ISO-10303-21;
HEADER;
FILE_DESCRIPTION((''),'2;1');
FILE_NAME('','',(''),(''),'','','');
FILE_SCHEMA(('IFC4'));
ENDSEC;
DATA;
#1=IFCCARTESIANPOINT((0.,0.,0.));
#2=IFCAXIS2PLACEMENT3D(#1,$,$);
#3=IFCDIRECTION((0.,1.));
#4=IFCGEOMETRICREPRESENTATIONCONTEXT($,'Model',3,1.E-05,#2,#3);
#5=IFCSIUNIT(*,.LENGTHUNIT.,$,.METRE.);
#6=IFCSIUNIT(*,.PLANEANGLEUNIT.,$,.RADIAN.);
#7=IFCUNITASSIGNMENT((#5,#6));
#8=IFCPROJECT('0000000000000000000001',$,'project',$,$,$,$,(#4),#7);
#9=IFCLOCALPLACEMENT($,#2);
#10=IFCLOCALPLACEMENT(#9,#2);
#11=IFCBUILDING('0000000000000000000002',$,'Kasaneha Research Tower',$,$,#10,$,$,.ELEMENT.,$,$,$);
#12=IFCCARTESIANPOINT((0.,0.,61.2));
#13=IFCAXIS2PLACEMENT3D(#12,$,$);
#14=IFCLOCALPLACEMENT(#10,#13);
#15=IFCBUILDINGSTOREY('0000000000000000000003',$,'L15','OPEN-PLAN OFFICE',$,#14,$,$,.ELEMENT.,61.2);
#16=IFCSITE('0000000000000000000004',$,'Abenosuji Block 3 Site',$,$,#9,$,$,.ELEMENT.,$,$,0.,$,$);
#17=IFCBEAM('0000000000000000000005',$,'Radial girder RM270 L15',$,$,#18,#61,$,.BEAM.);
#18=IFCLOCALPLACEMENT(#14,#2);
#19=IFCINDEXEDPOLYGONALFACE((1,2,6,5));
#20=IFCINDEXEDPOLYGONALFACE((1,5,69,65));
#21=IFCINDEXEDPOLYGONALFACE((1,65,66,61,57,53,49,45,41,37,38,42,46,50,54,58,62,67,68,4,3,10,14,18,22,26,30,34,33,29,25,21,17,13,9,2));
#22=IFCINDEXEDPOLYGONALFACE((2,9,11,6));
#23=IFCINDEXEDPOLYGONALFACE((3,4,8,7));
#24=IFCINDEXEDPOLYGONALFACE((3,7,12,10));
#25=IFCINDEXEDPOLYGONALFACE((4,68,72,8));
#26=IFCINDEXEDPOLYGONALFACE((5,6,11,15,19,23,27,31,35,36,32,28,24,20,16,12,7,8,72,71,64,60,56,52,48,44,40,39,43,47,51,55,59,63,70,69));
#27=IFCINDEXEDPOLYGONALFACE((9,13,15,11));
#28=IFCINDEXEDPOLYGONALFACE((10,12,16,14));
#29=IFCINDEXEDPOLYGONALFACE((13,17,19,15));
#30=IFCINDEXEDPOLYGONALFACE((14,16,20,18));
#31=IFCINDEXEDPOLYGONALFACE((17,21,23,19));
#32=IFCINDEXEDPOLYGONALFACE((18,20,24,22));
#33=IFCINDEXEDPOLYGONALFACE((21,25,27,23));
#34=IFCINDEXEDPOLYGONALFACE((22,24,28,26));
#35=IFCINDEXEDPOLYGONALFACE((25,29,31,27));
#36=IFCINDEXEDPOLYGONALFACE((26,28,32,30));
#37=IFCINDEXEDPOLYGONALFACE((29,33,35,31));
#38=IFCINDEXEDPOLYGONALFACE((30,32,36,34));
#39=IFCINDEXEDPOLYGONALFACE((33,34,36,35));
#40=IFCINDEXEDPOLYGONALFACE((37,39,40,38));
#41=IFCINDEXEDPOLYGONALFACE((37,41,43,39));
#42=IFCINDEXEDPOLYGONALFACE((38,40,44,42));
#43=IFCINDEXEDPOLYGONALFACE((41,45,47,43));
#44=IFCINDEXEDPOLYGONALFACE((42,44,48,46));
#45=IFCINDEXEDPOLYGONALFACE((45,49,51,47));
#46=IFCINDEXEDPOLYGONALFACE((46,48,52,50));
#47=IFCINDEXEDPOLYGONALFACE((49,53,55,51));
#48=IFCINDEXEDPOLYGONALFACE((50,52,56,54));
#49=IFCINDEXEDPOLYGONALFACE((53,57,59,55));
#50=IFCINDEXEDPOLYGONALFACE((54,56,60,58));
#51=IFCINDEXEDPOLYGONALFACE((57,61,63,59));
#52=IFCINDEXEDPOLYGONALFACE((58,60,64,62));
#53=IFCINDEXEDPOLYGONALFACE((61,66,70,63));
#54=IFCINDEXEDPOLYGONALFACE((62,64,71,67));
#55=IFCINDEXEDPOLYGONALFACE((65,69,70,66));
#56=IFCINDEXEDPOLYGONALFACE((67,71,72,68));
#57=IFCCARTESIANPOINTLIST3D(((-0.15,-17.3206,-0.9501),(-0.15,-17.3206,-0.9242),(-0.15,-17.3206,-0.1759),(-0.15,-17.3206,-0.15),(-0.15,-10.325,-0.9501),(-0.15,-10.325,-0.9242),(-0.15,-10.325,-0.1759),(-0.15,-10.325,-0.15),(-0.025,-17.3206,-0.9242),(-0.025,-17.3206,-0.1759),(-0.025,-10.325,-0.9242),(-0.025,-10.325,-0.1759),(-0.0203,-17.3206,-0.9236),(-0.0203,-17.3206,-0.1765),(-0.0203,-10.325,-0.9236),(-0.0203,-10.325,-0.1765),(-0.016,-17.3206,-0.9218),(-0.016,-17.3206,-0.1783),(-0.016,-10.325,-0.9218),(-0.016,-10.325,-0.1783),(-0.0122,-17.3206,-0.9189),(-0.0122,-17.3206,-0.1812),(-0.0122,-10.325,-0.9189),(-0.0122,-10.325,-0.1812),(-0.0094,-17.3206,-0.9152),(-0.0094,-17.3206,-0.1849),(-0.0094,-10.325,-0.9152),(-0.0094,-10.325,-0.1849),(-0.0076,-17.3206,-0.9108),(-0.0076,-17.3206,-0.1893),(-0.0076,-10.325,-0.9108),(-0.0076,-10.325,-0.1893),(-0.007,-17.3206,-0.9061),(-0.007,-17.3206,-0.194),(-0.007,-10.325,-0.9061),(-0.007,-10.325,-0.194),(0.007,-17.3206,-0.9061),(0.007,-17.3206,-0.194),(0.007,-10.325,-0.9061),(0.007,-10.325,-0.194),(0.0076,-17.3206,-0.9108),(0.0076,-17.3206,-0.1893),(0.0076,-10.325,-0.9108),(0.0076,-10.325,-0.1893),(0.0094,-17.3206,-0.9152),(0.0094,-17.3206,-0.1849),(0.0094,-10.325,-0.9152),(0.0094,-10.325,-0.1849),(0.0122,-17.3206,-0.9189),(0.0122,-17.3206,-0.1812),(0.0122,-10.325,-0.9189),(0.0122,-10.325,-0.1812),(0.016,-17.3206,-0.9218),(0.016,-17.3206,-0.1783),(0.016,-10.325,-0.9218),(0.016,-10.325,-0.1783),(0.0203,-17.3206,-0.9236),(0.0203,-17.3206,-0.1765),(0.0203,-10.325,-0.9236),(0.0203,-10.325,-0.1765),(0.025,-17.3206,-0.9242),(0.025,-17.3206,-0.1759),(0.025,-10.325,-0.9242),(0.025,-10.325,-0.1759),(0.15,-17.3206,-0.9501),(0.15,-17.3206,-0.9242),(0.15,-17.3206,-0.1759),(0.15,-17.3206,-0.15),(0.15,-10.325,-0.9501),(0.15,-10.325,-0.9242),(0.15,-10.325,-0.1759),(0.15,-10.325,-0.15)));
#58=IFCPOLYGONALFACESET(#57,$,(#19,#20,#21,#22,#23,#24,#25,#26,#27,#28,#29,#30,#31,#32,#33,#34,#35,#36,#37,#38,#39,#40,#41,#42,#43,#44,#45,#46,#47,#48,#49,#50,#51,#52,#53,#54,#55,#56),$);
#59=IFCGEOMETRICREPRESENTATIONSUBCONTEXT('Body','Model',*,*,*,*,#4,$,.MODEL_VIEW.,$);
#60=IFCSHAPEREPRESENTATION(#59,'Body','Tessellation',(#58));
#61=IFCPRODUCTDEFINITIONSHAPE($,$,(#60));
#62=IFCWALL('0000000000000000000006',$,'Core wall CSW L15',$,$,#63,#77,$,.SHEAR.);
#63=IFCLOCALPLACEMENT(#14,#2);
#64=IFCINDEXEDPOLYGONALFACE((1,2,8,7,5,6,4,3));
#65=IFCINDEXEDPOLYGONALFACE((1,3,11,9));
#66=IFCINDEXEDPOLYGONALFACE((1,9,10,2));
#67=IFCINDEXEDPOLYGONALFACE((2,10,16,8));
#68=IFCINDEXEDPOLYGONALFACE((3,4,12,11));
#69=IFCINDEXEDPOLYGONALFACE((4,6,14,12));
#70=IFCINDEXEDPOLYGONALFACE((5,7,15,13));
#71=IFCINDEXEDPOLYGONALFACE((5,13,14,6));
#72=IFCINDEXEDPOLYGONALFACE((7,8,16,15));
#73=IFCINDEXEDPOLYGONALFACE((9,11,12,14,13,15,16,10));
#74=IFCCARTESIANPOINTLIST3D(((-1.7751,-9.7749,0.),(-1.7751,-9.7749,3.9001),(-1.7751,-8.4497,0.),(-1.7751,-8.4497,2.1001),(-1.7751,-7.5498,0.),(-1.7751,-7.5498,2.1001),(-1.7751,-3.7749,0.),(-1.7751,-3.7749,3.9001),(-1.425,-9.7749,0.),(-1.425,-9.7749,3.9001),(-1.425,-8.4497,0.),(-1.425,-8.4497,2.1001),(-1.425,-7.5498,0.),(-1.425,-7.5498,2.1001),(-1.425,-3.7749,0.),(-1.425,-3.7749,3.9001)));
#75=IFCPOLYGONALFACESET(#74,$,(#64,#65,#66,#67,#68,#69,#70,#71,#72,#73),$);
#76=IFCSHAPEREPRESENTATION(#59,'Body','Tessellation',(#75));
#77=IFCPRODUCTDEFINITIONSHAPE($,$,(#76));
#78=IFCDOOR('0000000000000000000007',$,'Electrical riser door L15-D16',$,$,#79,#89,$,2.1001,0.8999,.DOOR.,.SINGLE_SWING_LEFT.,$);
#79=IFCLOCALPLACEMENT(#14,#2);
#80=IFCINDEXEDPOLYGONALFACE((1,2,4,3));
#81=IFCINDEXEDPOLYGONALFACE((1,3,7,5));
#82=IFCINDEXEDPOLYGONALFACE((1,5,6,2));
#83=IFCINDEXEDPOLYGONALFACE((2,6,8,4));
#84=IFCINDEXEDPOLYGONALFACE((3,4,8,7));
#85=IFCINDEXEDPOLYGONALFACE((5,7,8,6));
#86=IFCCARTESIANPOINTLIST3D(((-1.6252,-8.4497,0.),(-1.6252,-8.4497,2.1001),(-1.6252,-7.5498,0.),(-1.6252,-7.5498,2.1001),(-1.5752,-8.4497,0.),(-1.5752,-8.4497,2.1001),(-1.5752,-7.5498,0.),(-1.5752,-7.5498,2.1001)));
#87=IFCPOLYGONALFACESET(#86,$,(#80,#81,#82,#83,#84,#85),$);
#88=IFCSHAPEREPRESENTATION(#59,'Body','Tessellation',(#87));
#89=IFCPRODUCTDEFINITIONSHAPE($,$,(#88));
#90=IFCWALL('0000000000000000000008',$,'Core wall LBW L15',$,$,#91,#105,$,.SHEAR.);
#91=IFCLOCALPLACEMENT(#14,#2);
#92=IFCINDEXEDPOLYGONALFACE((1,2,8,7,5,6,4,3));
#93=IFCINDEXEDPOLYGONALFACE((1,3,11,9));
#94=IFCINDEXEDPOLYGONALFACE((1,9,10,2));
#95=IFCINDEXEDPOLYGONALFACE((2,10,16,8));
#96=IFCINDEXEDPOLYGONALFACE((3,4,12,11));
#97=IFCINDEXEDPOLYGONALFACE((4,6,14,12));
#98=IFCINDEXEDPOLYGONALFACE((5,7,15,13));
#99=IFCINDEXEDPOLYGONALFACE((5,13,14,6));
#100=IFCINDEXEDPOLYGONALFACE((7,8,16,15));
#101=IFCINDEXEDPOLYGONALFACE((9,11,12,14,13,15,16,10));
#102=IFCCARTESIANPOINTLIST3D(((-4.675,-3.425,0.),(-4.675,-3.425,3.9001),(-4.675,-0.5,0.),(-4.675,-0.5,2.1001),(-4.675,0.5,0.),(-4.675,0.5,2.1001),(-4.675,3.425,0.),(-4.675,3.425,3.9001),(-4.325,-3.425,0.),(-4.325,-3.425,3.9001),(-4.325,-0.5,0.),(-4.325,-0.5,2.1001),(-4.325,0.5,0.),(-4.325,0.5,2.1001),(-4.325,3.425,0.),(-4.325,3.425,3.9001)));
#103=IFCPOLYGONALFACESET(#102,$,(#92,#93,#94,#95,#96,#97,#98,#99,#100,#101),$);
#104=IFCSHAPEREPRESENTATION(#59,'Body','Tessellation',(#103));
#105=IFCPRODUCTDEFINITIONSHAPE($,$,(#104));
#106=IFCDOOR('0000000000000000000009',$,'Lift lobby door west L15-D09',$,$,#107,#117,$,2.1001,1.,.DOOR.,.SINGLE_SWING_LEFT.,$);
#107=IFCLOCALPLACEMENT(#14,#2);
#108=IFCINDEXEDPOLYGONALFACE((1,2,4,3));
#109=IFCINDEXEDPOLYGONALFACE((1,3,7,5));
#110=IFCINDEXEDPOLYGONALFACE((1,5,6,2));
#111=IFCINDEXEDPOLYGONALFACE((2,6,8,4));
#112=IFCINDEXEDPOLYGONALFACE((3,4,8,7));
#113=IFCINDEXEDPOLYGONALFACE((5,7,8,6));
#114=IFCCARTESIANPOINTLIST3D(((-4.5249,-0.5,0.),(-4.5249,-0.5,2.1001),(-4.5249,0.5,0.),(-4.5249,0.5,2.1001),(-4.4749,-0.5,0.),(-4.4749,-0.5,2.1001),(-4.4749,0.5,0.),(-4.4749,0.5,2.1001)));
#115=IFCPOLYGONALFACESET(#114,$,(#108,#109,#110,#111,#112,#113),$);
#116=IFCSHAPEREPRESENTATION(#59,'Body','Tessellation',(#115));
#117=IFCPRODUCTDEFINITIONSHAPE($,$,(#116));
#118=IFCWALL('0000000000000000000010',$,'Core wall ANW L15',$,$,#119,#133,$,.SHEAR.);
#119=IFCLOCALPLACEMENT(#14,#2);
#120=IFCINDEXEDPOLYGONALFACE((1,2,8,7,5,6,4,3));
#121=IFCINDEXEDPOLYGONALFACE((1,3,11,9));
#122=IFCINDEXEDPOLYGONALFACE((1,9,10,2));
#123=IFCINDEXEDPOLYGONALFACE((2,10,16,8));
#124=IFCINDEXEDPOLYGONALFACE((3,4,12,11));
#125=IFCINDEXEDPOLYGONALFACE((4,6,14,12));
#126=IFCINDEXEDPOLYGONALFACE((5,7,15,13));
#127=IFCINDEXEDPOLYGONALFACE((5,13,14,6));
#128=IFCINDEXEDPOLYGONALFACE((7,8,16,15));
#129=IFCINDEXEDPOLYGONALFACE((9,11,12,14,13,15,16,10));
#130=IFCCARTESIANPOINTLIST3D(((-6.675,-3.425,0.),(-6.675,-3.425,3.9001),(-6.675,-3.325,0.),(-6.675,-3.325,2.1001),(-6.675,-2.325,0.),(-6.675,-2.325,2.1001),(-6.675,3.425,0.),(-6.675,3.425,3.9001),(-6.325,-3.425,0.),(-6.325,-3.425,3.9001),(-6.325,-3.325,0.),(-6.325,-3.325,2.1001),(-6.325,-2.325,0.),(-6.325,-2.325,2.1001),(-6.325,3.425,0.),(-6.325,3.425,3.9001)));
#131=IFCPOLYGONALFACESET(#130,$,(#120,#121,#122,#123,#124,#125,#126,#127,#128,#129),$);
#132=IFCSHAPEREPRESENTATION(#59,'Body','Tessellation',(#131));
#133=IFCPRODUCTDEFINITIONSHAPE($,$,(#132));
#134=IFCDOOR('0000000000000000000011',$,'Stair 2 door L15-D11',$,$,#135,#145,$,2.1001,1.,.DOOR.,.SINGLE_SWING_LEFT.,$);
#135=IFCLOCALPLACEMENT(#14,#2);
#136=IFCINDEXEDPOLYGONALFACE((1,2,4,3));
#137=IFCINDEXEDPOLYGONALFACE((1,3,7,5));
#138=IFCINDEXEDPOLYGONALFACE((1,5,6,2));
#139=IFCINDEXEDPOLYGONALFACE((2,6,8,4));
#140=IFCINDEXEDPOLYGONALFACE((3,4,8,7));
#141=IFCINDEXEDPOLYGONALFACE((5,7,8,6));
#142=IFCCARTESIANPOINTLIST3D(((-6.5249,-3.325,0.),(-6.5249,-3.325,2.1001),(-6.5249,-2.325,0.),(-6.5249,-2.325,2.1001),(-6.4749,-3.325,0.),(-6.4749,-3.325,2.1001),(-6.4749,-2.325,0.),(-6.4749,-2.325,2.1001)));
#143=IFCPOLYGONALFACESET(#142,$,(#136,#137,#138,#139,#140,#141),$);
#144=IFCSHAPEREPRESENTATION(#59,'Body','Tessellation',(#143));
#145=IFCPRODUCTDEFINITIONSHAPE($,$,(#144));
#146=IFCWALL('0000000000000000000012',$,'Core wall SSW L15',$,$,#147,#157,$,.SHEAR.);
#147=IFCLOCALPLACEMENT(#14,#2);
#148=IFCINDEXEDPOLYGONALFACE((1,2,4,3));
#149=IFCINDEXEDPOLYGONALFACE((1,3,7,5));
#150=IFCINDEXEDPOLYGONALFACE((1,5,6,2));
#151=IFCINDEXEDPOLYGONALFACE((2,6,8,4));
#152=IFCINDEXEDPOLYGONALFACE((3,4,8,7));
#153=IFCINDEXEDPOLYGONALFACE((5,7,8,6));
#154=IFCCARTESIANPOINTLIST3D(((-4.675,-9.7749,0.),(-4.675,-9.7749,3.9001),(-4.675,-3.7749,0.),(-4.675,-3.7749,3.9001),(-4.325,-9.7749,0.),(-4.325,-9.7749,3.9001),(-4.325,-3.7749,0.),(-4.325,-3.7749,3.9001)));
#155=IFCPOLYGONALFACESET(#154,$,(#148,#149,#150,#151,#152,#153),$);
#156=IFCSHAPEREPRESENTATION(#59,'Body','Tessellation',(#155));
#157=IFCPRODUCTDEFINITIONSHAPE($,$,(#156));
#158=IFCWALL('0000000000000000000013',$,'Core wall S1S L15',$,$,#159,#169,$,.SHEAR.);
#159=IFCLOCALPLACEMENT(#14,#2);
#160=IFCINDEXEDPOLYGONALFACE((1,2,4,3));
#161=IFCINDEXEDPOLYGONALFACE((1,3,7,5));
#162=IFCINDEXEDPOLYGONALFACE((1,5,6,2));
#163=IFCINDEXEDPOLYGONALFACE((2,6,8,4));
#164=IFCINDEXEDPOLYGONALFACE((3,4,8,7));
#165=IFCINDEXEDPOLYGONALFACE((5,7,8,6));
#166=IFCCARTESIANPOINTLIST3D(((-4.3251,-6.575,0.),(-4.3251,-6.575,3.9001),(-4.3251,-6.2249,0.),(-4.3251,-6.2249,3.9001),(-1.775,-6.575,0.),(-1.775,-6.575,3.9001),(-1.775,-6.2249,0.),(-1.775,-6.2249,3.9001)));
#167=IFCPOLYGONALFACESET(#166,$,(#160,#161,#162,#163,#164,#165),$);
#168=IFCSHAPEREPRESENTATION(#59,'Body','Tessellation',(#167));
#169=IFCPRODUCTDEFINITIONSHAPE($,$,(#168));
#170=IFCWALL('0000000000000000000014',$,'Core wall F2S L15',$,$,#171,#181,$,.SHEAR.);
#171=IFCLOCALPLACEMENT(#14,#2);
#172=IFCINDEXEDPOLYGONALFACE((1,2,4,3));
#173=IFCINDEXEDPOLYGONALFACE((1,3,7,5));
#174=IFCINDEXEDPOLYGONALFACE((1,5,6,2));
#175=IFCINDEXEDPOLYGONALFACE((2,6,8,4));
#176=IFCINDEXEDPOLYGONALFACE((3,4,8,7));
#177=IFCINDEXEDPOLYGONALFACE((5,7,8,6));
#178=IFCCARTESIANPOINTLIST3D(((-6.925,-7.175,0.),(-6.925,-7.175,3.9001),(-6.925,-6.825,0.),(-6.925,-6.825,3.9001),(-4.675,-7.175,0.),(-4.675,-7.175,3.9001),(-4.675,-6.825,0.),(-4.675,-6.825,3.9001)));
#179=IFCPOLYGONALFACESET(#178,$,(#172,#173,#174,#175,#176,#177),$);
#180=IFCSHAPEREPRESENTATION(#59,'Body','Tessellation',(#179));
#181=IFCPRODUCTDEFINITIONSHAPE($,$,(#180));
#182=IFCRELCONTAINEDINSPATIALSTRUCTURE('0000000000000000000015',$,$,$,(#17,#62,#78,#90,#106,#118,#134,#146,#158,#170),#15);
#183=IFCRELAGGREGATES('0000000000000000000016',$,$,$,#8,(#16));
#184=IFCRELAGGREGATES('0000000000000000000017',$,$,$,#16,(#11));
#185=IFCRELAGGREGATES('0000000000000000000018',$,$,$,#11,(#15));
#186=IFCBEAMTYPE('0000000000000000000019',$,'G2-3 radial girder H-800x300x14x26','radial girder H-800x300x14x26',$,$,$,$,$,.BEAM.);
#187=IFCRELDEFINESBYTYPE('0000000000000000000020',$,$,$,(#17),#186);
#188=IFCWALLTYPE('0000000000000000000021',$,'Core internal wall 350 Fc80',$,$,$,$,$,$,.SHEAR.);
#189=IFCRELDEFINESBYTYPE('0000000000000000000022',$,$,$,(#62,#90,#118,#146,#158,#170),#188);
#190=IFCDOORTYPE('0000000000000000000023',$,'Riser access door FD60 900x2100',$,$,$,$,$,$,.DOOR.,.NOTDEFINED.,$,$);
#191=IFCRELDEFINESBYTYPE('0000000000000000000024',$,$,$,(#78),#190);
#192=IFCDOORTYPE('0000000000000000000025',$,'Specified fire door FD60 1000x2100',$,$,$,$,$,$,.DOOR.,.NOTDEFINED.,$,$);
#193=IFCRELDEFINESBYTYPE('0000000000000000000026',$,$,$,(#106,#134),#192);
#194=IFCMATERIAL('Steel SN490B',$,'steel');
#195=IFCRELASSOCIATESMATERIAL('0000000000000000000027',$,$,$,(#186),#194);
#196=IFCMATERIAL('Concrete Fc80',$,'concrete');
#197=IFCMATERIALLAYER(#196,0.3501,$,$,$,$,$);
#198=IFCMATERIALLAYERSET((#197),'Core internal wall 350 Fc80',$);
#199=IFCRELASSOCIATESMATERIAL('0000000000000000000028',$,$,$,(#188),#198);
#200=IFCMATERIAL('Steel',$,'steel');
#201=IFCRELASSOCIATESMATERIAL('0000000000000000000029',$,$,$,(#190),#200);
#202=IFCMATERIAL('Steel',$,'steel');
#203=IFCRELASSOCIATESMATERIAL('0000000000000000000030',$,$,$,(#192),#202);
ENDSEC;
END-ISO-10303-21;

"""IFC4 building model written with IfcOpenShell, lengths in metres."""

from ifc_helpers import new_model, si_unit, direction, frame, frame_2d, origin, origin_2d, place, context, subcontext, project, spatial, rectangle, i_section, extrude, material, layer, layer_set, material_profile, profile_set, type_object, element, fill, save


model = new_model("IFC4")

# Units and contexts
model_context = context("Model", 3, precision=1e-05, world=origin(), true_north=direction((0.0, 1.0)))
body_context = subcontext(model_context, "Body", "Model", "MODEL_VIEW")
ifc_project = project(units=[si_unit("LENGTHUNIT", "METRE"), si_unit("PLANEANGLEUNIT", "RADIAN")], contexts=[model_context])

# Site, building, storey
site_placement = place(None, origin())
site = spatial("IfcSite", under=ifc_project, at=site_placement, Name="Abenosuji Block 3 Site", CompositionType="ELEMENT", RefElevation=0.0)
building_placement = place(site_placement, origin())
building = spatial("IfcBuilding", under=site, at=building_placement, Name="Kasaneha Research Tower", CompositionType="ELEMENT")
storey_placement = place(building_placement, frame((0.0, 0.0, 61.2)))
storey = spatial("IfcBuildingStorey", under=building, at=storey_placement, Name="L15", Description="OPEN-PLAN OFFICE", CompositionType="ELEMENT", Elevation=61.2)

# Beam
ifc_material_1 = material(Name="Steel SN490B", Category="steel")
ifc_material_profile_1 = material_profile(ifc_material_1, i_section(OverallWidth=0.3, OverallDepth=0.8, WebThickness=0.0139, FlangeThickness=0.0259, FilletRadius=0.0181, at=origin_2d()), Name="H-800x300x14x26")
ifc_profile_set_1 = profile_set([ifc_material_profile_1], Name="Steel SN490B")
beam_type_1 = type_object("IfcBeamType", Name="G2-3 radial girder H-800x300x14x26", Description="radial girder H-800x300x14x26", PredefinedType="BEAM", material=ifc_profile_set_1)
beam_1_placement = place(storey_placement, frame((0.0, -10.325, -0.55), z_axis=(0.0, -1.0, 0.0), x_axis=(1.0, 0.0, 0.0)))
element("IfcBeam", 1, at=beam_1_placement, inside=storey, type_object=beam_type_1, Name="Radial girder RM270 L15", PredefinedType="BEAM", context=body_context, shape_type="SweptSolid", body=[
    extrude(i_section(OverallWidth=0.3, OverallDepth=0.8, WebThickness=0.0139, FlangeThickness=0.0259, FilletRadius=0.0181, at=origin_2d()), origin(), (0.0, 0.0, 1.0), 6.9956),
])

# Walls, openings, doors
ifc_material_2 = material(Name="Concrete Fc80", Category="concrete")
ifc_layer_1 = layer(ifc_material_2, 0.3501)
ifc_layer_set_1 = layer_set([ifc_layer_1], Name="Core internal wall 350 Fc80")
wall_type_1 = type_object("IfcWallType", Name="Core internal wall 350 Fc80", PredefinedType="SHEAR", material=ifc_layer_set_1)
wall_1_placement = place(storey_placement, frame((-1.6001, -3.7749, 0.0), z_axis=(0.0, 0.0, 1.0), x_axis=(0.0, -1.0, 0.0)))
wall_1 = element("IfcWall", 2, at=wall_1_placement, inside=storey, type_object=wall_type_1, Name="Core wall CSW L15", PredefinedType="SHEAR", context=body_context, shape_type="SweptSolid", body=[
    extrude(rectangle(XDim=6.0, YDim=0.3501, at=frame_2d((3.0, 0.0))), origin(), (0.0, 0.0, 1.0), 3.9001),
])
opening_1_placement = place(wall_1_placement, frame((3.7749, 0.0, 0.0)))
opening_1 = element("IfcOpeningElement", 3, at=opening_1_placement, cuts=wall_1, PredefinedType="OPENING", context=body_context, shape_type="SweptSolid", body=[
    extrude(rectangle(XDim=0.8999, YDim=2.1001, at=frame_2d((0.45, 1.05))), frame((0.0, 0.1851, 0.0), z_axis=(0.0, -1.0, 0.0), x_axis=(1.0, 0.0, 0.0)), (0.0, 0.0, 1.0), 0.3701),
])
ifc_material_3 = material(Name="Steel", Category="steel")
door_type_1 = type_object("IfcDoorType", Name="Riser access door FD60 900x2100", OperationType="NOTDEFINED", PredefinedType="DOOR", material=ifc_material_3)
door_1_placement = place(opening_1_placement, origin())
door_1 = element("IfcDoor", 4, at=door_1_placement, inside=storey, type_object=door_type_1, Name="Electrical riser door L15-D16", OperationType="SINGLE_SWING_LEFT", OverallHeight=2.1001, OverallWidth=0.8999, PredefinedType="DOOR", context=body_context, shape_type="SweptSolid", body=[
    extrude(rectangle(XDim=0.8999, YDim=2.1001, at=frame_2d((0.45, 1.05))), frame((0.0, 0.0249, 0.0), z_axis=(0.0, -1.0, 0.0), x_axis=(1.0, 0.0, 0.0)), (0.0, 0.0, 1.0), 0.05),
])
fill(opening_1, door_1)
wall_2_placement = place(storey_placement, frame((-4.5, -3.425, 0.0), z_axis=(0.0, 0.0, 1.0), x_axis=(0.0, 1.0, 0.0)))
wall_2 = element("IfcWall", 5, at=wall_2_placement, inside=storey, type_object=wall_type_1, Name="Core wall LBW L15", PredefinedType="SHEAR", context=body_context, shape_type="SweptSolid", body=[
    extrude(rectangle(XDim=6.8501, YDim=0.3501, at=frame_2d((3.425, 0.0))), origin(), (0.0, 0.0, 1.0), 3.9001),
])
opening_2_placement = place(wall_2_placement, frame((2.925, 0.0, 0.0)))
opening_2 = element("IfcOpeningElement", 6, at=opening_2_placement, cuts=wall_2, PredefinedType="OPENING", context=body_context, shape_type="SweptSolid", body=[
    extrude(rectangle(XDim=1.0, YDim=2.1001, at=frame_2d((0.5, 1.05))), frame((0.0, 0.1851, 0.0), z_axis=(0.0, -1.0, 0.0), x_axis=(1.0, 0.0, 0.0)), (0.0, 0.0, 1.0), 0.3701),
])
ifc_material_4 = material(Name="Steel", Category="steel")
door_type_2 = type_object("IfcDoorType", Name="Specified fire door FD60 1000x2100", OperationType="NOTDEFINED", PredefinedType="DOOR", material=ifc_material_4)
door_2_placement = place(opening_2_placement, origin())
door_2 = element("IfcDoor", 7, at=door_2_placement, inside=storey, type_object=door_type_2, Name="Lift lobby door west L15-D09", OperationType="SINGLE_SWING_LEFT", OverallHeight=2.1001, OverallWidth=1.0, PredefinedType="DOOR", context=body_context, shape_type="SweptSolid", body=[
    extrude(rectangle(XDim=1.0, YDim=2.1001, at=frame_2d((0.5, 1.05))), frame((0.0, 0.0249, 0.0), z_axis=(0.0, -1.0, 0.0), x_axis=(1.0, 0.0, 0.0)), (0.0, 0.0, 1.0), 0.05),
])
fill(opening_2, door_2)
wall_3_placement = place(storey_placement, frame((-6.5, -3.425, 0.0), z_axis=(0.0, 0.0, 1.0), x_axis=(0.0, 1.0, 0.0)))
wall_3 = element("IfcWall", 8, at=wall_3_placement, inside=storey, type_object=wall_type_1, Name="Core wall ANW L15", PredefinedType="SHEAR", context=body_context, shape_type="SweptSolid", body=[
    extrude(rectangle(XDim=6.8501, YDim=0.3501, at=frame_2d((3.425, 0.0))), origin(), (0.0, 0.0, 1.0), 3.9001),
])
opening_3_placement = place(wall_3_placement, frame((0.1001, 0.0, 0.0)))
opening_3 = element("IfcOpeningElement", 9, at=opening_3_placement, cuts=wall_3, PredefinedType="OPENING", context=body_context, shape_type="SweptSolid", body=[
    extrude(rectangle(XDim=1.0, YDim=2.1001, at=frame_2d((0.5, 1.05))), frame((0.0, 0.1851, 0.0), z_axis=(0.0, -1.0, 0.0), x_axis=(1.0, 0.0, 0.0)), (0.0, 0.0, 1.0), 0.3701),
])
door_3_placement = place(opening_3_placement, origin())
door_3 = element("IfcDoor", 10, at=door_3_placement, inside=storey, type_object=door_type_2, Name="Stair 2 door L15-D11", OperationType="SINGLE_SWING_LEFT", OverallHeight=2.1001, OverallWidth=1.0, PredefinedType="DOOR", context=body_context, shape_type="SweptSolid", body=[
    extrude(rectangle(XDim=1.0, YDim=2.1001, at=frame_2d((0.5, 1.05))), frame((0.0, 0.0249, 0.0), z_axis=(0.0, -1.0, 0.0), x_axis=(1.0, 0.0, 0.0)), (0.0, 0.0, 1.0), 0.05),
])
fill(opening_3, door_3)

# Walls
wall_4_placement = place(storey_placement, frame((-4.5, -3.7749, 0.0), z_axis=(0.0, 0.0, 1.0), x_axis=(0.0, -1.0, 0.0)))
element("IfcWall", 11, at=wall_4_placement, inside=storey, type_object=wall_type_1, Name="Core wall SSW L15", PredefinedType="SHEAR", context=body_context, shape_type="SweptSolid", body=[
    extrude(rectangle(XDim=6.0, YDim=0.3501, at=frame_2d((3.0, 0.0))), origin(), (0.0, 0.0, 1.0), 3.9001),
])
wall_5_placement = place(storey_placement, frame((-4.325, -6.3999, 0.0), z_axis=(0.0, 0.0, 1.0), x_axis=(1.0, 0.0, 0.0)))
element("IfcWall", 12, at=wall_5_placement, inside=storey, type_object=wall_type_1, Name="Core wall S1S L15", PredefinedType="SHEAR", context=body_context, shape_type="SweptSolid", body=[
    extrude(rectangle(XDim=2.55, YDim=0.3501, at=frame_2d((1.2749, 0.0))), origin(), (0.0, 0.0, 1.0), 3.9001),
])
wall_6_placement = place(storey_placement, frame((-6.925, -7.0, 0.0), z_axis=(0.0, 0.0, 1.0), x_axis=(1.0, 0.0, 0.0)))
element("IfcWall", 13, at=wall_6_placement, inside=storey, type_object=wall_type_1, Name="Core wall F2S L15", PredefinedType="SHEAR", context=body_context, shape_type="SweptSolid", body=[
    extrude(rectangle(XDim=2.25, YDim=0.3501, at=frame_2d((1.125, 0.0))), origin(), (0.0, 0.0, 1.0), 3.9001),
])

save(model, "model.ifc")
